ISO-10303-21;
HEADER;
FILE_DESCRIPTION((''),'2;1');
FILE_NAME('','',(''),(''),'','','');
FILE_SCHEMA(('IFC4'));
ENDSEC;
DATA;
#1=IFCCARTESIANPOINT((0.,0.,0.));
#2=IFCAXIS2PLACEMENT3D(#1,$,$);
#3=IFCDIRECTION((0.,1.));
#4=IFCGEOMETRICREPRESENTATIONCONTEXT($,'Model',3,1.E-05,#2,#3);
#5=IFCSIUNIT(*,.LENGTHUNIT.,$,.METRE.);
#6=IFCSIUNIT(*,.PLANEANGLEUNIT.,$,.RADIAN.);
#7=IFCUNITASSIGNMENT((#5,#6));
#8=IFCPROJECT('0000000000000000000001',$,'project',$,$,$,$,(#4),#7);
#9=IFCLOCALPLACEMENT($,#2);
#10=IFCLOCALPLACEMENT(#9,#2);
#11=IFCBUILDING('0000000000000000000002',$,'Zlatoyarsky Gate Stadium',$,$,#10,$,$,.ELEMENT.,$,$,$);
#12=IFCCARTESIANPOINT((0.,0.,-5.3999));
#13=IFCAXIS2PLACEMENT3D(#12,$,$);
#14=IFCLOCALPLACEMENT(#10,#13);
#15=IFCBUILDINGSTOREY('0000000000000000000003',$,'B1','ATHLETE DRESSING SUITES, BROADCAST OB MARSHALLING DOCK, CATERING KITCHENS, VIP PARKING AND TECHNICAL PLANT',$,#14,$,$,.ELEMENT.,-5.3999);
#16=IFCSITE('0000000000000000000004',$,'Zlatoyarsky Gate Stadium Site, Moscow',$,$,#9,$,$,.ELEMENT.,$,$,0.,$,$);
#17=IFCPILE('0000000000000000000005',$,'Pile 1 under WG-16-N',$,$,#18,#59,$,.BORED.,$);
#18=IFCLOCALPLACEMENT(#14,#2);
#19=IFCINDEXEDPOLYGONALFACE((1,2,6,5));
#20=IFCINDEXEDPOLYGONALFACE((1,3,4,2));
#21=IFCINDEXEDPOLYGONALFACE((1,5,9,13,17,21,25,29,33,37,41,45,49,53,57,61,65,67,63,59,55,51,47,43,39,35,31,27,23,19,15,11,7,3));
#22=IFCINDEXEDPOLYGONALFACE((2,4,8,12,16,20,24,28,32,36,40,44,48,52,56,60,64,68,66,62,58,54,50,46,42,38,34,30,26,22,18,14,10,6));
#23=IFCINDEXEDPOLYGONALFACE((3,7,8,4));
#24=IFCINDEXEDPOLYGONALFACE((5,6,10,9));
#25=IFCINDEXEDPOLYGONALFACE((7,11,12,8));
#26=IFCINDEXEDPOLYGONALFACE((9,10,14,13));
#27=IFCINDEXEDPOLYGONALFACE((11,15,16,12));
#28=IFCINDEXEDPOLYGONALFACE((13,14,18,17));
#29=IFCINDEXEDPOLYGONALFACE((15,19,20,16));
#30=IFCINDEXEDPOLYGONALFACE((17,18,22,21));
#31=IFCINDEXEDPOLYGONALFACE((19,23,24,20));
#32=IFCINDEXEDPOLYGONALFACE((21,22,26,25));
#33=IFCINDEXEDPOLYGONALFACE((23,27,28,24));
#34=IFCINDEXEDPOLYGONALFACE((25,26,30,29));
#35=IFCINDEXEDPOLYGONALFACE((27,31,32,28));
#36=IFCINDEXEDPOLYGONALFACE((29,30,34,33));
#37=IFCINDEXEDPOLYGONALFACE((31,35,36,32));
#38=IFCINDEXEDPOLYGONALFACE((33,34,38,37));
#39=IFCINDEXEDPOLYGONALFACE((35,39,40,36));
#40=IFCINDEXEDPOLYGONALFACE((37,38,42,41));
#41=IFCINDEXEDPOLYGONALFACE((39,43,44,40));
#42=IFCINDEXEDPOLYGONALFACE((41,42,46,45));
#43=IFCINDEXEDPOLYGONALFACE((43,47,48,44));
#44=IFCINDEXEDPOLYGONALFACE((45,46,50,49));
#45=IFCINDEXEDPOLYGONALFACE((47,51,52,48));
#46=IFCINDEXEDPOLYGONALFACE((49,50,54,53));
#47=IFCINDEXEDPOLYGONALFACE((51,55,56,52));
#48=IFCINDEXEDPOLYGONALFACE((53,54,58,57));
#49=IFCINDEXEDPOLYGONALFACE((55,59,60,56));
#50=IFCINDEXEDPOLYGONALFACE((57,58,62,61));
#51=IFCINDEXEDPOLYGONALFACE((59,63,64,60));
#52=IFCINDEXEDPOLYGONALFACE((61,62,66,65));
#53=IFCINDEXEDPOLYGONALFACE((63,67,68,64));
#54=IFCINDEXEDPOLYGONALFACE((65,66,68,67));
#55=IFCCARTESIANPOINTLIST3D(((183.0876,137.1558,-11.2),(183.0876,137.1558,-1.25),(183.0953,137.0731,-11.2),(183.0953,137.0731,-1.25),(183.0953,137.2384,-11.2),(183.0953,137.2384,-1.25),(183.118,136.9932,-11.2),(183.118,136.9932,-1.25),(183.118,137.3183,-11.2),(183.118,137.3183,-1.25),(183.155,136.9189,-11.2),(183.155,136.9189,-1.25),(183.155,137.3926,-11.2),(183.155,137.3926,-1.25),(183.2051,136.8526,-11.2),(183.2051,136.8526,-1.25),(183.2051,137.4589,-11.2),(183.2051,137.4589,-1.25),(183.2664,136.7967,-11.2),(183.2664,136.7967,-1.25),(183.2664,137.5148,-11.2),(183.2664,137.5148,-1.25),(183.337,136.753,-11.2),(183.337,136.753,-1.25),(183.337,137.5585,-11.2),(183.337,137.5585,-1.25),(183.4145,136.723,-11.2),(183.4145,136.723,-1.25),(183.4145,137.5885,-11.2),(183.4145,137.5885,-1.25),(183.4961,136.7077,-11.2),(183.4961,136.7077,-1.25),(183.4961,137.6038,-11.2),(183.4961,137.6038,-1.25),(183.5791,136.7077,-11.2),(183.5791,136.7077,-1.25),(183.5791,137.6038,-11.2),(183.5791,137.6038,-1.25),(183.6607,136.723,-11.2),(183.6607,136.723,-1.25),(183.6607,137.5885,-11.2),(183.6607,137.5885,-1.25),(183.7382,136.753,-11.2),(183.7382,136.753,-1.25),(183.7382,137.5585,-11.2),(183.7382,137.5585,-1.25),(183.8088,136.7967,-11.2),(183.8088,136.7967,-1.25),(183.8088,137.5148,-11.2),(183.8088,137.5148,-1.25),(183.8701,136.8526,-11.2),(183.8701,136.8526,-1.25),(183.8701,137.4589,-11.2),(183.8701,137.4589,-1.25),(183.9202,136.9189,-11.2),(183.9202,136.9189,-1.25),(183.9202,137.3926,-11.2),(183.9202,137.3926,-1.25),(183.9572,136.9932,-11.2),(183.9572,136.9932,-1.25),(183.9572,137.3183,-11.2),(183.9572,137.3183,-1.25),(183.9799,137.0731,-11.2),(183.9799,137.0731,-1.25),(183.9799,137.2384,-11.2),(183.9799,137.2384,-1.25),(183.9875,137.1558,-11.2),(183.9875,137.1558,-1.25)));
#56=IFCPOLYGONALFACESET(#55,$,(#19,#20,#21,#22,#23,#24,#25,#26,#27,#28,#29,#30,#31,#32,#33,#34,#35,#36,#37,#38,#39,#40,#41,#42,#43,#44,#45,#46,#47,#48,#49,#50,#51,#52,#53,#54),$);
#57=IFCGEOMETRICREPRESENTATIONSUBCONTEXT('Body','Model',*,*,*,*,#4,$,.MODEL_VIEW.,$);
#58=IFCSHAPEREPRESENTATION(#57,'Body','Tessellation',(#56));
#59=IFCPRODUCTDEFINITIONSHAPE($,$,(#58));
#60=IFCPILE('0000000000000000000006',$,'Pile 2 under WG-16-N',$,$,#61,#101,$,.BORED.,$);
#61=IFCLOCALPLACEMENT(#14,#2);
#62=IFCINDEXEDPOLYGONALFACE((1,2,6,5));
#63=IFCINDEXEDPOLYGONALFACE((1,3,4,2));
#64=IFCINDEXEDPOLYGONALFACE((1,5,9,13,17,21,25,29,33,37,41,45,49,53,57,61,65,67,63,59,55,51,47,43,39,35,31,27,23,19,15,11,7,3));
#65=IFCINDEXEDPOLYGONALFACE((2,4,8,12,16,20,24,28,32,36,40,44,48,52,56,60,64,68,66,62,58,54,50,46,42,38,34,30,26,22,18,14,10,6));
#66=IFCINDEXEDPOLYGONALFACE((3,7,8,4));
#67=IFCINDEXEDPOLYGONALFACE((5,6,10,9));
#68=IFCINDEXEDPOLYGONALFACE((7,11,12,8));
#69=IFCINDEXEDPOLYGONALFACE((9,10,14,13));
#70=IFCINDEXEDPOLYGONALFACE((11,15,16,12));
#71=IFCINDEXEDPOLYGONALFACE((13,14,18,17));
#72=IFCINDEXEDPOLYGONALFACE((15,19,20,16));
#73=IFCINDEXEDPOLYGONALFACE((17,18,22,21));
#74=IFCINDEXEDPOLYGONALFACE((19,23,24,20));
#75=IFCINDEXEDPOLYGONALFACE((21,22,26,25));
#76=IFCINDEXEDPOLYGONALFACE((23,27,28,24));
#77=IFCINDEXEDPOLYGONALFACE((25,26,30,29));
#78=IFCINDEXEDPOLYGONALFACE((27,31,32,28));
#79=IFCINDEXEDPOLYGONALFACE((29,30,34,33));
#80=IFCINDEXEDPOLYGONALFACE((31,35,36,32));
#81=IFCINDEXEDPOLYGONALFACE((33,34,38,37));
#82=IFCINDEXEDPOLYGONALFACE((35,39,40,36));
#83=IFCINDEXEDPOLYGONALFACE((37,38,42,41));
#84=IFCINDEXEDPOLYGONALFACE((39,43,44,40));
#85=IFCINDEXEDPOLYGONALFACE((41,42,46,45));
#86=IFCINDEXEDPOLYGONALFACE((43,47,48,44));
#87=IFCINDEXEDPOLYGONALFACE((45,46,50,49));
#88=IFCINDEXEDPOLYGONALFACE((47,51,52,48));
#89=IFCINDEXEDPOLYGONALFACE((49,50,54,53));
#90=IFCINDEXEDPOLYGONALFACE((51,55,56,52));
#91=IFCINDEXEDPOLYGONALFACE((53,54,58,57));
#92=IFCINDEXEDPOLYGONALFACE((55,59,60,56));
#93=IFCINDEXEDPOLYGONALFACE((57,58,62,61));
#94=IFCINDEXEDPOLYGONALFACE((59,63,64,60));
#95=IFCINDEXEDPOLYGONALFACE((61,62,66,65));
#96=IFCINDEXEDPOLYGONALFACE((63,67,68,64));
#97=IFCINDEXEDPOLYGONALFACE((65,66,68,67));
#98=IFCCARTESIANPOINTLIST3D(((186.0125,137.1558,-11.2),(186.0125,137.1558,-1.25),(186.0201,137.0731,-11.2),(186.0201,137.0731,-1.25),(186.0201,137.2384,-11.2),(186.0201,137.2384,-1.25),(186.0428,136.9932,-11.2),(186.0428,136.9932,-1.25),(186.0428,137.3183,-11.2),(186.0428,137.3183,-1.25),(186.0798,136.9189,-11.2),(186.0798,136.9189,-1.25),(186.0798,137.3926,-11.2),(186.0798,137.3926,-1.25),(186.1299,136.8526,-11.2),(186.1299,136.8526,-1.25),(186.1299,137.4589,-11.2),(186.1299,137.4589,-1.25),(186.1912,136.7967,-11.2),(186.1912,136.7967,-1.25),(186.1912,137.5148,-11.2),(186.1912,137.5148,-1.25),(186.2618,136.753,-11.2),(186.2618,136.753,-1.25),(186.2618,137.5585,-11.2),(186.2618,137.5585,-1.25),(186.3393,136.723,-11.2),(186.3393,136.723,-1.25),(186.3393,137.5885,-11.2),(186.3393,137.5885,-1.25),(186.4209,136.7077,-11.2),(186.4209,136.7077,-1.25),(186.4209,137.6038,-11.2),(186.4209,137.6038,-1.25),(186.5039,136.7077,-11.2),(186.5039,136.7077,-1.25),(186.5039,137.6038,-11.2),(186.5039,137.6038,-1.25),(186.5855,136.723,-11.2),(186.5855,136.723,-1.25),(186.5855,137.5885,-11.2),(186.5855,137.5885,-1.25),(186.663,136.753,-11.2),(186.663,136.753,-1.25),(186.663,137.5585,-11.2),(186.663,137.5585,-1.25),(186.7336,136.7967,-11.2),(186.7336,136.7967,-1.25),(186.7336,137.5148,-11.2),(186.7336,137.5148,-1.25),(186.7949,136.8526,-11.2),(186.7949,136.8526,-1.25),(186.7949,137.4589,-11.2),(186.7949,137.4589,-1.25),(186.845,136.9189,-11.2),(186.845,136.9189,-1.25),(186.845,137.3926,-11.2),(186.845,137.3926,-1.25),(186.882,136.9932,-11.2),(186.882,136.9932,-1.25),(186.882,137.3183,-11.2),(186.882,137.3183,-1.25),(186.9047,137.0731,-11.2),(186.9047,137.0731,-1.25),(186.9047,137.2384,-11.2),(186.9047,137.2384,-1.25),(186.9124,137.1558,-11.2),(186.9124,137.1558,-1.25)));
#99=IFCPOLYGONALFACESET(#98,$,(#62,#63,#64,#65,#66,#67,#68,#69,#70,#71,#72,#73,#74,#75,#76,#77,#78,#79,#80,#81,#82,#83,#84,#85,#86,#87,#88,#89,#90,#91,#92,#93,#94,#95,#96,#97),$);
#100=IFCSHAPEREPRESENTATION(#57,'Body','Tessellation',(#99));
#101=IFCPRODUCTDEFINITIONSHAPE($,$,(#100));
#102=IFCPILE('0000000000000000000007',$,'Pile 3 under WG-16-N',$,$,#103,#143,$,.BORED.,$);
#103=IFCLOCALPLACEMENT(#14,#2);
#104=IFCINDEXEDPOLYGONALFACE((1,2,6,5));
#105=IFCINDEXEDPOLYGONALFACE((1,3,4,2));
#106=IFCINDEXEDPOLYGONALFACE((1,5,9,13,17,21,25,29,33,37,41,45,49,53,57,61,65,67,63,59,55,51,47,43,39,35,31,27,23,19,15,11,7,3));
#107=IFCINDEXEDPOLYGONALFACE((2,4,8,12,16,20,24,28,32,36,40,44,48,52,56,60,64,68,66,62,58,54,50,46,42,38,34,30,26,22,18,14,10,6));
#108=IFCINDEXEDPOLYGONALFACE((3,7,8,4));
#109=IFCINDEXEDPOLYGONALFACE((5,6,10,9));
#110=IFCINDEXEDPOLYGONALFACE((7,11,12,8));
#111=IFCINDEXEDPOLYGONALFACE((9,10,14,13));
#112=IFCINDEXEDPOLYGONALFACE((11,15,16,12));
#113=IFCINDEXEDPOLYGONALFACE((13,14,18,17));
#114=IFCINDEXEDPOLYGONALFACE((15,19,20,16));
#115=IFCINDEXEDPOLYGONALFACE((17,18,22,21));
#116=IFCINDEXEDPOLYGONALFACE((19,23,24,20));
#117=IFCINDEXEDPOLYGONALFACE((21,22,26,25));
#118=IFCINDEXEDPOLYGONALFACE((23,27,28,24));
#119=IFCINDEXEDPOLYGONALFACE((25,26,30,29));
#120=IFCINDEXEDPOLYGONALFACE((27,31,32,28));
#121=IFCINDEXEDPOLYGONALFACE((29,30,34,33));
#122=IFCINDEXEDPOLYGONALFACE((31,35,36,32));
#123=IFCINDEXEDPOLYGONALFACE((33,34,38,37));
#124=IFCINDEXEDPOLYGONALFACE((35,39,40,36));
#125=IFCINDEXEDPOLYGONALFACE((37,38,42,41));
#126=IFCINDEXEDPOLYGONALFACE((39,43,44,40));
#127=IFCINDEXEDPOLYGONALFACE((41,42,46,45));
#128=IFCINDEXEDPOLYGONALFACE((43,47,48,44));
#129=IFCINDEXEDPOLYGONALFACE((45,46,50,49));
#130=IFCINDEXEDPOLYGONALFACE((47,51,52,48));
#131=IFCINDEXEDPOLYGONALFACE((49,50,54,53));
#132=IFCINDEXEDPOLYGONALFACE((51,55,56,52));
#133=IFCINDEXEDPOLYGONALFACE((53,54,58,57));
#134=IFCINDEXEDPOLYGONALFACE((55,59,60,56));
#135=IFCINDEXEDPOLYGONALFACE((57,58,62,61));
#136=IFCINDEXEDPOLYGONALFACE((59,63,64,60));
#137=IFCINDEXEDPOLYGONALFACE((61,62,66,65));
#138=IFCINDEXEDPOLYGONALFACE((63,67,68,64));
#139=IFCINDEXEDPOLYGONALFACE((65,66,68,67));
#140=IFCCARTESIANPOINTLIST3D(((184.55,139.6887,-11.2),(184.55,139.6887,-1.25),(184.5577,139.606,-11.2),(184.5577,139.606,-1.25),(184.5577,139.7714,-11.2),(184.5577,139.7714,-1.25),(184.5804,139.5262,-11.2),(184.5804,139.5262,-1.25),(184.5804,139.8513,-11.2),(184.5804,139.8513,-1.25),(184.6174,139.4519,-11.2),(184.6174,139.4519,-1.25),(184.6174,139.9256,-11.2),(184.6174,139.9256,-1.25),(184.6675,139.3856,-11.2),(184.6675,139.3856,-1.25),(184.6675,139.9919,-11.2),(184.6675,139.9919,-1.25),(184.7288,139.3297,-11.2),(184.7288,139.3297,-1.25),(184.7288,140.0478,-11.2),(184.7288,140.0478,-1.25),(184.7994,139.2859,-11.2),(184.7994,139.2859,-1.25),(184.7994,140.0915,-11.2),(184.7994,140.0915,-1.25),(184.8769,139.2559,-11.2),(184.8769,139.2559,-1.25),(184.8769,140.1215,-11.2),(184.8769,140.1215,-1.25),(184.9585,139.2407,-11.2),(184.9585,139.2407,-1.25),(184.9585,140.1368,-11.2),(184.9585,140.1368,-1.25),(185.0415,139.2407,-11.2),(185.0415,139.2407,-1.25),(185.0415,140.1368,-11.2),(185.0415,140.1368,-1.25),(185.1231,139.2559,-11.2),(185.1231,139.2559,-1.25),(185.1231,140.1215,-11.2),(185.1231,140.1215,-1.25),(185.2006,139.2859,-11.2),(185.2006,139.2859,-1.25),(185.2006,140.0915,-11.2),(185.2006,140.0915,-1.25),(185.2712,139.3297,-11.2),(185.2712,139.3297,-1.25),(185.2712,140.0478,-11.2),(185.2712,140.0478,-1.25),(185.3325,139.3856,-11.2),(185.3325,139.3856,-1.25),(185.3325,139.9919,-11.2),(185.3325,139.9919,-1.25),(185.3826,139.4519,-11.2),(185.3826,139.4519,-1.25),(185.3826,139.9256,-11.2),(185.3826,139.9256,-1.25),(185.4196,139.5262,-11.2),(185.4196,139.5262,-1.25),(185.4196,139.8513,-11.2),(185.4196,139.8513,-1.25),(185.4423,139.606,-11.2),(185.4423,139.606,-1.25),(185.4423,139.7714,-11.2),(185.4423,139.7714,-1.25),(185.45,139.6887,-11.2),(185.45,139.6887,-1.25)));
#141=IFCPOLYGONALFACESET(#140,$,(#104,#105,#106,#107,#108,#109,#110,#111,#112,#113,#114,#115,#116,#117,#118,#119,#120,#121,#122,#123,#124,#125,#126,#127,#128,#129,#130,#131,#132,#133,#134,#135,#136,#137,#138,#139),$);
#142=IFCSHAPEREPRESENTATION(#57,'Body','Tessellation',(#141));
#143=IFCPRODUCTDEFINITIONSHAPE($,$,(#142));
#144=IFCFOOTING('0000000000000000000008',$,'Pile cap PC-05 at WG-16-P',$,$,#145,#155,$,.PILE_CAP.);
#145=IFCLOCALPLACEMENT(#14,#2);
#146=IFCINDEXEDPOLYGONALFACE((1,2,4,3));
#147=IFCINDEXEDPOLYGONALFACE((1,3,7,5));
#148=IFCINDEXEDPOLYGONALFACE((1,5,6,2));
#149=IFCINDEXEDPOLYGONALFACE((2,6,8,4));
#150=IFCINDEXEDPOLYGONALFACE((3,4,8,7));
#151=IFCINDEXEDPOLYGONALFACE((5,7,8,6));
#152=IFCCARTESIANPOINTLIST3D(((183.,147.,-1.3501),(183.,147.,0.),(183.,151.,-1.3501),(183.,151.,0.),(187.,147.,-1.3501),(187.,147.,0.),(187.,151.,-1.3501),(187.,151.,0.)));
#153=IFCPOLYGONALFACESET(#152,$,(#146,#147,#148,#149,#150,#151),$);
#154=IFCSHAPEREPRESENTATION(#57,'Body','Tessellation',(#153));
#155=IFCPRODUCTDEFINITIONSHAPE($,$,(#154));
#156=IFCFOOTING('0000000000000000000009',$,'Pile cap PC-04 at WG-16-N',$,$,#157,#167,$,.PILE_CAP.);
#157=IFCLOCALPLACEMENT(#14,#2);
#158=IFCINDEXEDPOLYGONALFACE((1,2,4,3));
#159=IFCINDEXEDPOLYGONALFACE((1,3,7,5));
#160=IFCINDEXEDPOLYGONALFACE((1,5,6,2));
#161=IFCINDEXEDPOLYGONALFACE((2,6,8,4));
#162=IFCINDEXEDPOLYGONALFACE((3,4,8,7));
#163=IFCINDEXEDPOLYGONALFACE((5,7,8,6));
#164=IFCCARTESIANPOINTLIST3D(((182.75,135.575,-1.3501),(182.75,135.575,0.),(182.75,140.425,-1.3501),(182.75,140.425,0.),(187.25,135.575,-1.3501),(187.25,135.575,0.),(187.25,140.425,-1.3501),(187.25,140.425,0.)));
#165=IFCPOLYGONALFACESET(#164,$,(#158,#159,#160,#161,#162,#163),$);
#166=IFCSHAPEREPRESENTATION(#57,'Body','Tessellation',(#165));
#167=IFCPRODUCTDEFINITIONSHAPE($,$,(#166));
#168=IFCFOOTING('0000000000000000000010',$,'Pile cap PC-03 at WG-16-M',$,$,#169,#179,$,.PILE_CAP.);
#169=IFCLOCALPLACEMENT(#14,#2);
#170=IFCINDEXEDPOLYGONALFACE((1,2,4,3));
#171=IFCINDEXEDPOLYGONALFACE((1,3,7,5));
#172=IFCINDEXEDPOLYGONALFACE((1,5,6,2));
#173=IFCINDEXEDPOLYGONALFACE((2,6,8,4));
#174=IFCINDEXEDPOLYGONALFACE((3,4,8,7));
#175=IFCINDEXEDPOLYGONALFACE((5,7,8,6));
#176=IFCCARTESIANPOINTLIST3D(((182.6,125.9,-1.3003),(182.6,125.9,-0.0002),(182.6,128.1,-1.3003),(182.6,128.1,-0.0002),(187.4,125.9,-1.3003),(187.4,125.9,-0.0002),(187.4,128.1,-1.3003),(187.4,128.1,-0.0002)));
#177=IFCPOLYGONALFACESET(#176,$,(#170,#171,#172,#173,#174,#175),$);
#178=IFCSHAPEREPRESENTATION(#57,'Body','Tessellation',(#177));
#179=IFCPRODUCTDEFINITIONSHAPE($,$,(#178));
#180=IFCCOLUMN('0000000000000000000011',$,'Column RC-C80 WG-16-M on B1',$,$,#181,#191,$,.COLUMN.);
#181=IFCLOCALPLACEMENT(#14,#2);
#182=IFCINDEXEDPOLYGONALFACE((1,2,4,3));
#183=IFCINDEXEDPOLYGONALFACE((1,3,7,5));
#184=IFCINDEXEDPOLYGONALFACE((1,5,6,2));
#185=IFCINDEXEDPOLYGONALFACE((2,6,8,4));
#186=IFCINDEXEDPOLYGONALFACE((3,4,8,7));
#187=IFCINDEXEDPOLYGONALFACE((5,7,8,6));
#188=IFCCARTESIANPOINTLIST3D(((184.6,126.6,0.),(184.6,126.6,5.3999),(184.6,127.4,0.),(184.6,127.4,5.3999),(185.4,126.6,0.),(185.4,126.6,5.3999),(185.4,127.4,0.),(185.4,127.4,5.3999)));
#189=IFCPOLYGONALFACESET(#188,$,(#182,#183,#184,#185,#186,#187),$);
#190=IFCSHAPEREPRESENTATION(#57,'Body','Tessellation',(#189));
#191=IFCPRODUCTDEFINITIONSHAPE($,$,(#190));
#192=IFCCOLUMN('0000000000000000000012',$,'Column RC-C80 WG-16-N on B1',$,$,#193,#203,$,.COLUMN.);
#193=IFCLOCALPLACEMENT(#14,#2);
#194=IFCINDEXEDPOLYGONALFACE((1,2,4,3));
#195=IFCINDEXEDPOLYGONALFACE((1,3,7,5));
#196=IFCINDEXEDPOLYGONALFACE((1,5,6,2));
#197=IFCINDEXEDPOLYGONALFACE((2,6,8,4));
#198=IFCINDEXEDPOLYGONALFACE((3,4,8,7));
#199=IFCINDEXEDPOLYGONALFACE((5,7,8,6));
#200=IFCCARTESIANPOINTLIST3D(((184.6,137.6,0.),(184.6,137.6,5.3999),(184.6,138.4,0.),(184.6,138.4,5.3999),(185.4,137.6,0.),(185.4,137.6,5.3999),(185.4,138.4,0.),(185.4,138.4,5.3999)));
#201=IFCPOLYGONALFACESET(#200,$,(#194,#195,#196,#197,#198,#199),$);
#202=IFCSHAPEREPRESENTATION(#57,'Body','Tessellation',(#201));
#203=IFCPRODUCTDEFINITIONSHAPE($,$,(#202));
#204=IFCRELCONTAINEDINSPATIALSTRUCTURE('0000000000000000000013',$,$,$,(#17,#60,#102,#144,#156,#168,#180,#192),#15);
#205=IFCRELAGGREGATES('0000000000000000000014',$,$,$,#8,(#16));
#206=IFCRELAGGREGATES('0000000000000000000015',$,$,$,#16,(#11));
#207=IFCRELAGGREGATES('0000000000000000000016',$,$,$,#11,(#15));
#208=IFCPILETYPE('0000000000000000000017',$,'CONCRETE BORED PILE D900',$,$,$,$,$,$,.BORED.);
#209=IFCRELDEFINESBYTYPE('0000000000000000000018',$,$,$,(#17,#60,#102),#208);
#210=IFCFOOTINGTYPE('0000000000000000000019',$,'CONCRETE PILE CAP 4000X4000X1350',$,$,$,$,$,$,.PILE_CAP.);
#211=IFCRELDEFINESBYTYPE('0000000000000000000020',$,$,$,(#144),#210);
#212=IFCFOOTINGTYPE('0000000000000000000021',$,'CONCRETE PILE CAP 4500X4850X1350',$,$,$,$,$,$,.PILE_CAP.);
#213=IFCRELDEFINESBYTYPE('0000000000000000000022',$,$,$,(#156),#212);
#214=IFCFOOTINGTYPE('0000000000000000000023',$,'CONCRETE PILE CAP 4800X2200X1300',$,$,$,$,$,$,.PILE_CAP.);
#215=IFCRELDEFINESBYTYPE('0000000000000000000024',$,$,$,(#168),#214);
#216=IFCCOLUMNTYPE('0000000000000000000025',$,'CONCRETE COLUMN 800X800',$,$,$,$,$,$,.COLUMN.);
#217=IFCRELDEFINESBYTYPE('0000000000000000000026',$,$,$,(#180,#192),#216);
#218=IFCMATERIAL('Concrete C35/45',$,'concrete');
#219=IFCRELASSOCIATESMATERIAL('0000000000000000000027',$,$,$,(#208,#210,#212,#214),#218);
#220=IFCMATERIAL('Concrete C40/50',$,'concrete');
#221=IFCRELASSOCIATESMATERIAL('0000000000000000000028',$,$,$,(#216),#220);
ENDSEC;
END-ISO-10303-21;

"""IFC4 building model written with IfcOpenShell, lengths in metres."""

from ifc_helpers import new_model, si_unit, direction, frame, origin, origin_2d, place, context, subcontext, project, spatial, rectangle, circle, extrude, material, material_profile, profile_set, type_object, element, save


model = new_model("IFC4")

# Units and contexts
model_context = context("Model", 3, precision=1e-05, world=origin(), true_north=direction((0.0, 1.0)))
body_context = subcontext(model_context, "Body", "Model", "MODEL_VIEW")
ifc_project = project(units=[si_unit("LENGTHUNIT", "METRE"), si_unit("PLANEANGLEUNIT", "RADIAN")], contexts=[model_context])

# Site, building, storey
site_placement = place(None, origin())
site = spatial("IfcSite", under=ifc_project, at=site_placement, Name="Zlatoyarsky Gate Stadium Site, Moscow", CompositionType="ELEMENT", RefElevation=0.0)
building_placement = place(site_placement, origin())
building = spatial("IfcBuilding", under=site, at=building_placement, Name="Zlatoyarsky Gate Stadium", CompositionType="ELEMENT")
storey_placement = place(building_placement, frame((0.0, 0.0, -5.3999)))
storey = spatial("IfcBuildingStorey", under=building, at=storey_placement, Name="B1", Description="ATHLETE DRESSING SUITES, BROADCAST OB MARSHALLING DOCK, CATERING KITCHENS, VIP PARKING AND TECHNICAL PLANT", CompositionType="ELEMENT", Elevation=-5.3999)

# Piles
ifc_material_1 = material(Name="Concrete C35/45", Category="concrete")
ifc_material_profile_1 = material_profile(ifc_material_1, circle(Radius=0.45, at=origin_2d()), Name="BORED PILE D900")
ifc_profile_set_1 = profile_set([ifc_material_profile_1], Name="Concrete C35/45")
pile_type_1 = type_object("IfcPileType", Name="CONCRETE BORED PILE D900", PredefinedType="BORED", material=ifc_profile_set_1)
for number, where, z_axis, x_axis, name in (
    (1, (183.5376, 137.1558, -1.25), (0.0, 0.0, -1.0), (1.0, 0.0, 0.0), "Pile 1 under WG-16-N"),
    (2, (186.4624, 137.1558, -1.25), (0.0, 0.0, -1.0), (1.0, 0.0, 0.0), "Pile 2 under WG-16-N"),
    (3, (185.0, 139.6887, -1.25), (0.0, 0.0, -1.0), (1.0, 0.0, 0.0), "Pile 3 under WG-16-N"),
):
    element("IfcPile", number, at=place(storey_placement, frame(where, z_axis=z_axis, x_axis=x_axis)), inside=storey, type_object=pile_type_1, Name=name, PredefinedType="BORED", context=body_context, shape_type="SweptSolid", body=[
        extrude(circle(Radius=0.45, at=origin_2d()), origin(), (0.0, 0.0, 1.0), 9.95),
    ])

# Footings
footing_type_1 = type_object("IfcFootingType", Name="CONCRETE PILE CAP 4000X4000X1350", PredefinedType="PILE_CAP", material=ifc_material_1)
footing_1_placement = place(storey_placement, frame((185.0, 149.0, -1.3501), z_axis=(0.0, 0.0, 1.0), x_axis=(1.0, 0.0, 0.0)))
element("IfcFooting", 4, at=footing_1_placement, inside=storey, type_object=footing_type_1, Name="Pile cap PC-05 at WG-16-P", PredefinedType="PILE_CAP", context=body_context, shape_type="SweptSolid", body=[
    extrude(rectangle(XDim=4.0, YDim=4.0, at=origin_2d()), origin(), (0.0, 0.0, 1.0), 1.3501),
])
footing_type_2 = type_object("IfcFootingType", Name="CONCRETE PILE CAP 4500X4850X1350", PredefinedType="PILE_CAP", material=ifc_material_1)
footing_2_placement = place(storey_placement, frame((185.0, 138.0, -1.3501), z_axis=(0.0, 0.0, 1.0), x_axis=(1.0, 0.0, 0.0)))
element("IfcFooting", 5, at=footing_2_placement, inside=storey, type_object=footing_type_2, Name="Pile cap PC-04 at WG-16-N", PredefinedType="PILE_CAP", context=body_context, shape_type="SweptSolid", body=[
    extrude(rectangle(XDim=4.5, YDim=4.8501, at=origin_2d()), origin(), (0.0, 0.0, 1.0), 1.3501),
])
footing_type_3 = type_object("IfcFootingType", Name="CONCRETE PILE CAP 4800X2200X1300", PredefinedType="PILE_CAP", material=ifc_material_1)
footing_3_placement = place(storey_placement, frame((185.0, 127.0, -1.3003), z_axis=(0.0, 0.0, 1.0), x_axis=(1.0, 0.0, 0.0)))
element("IfcFooting", 6, at=footing_3_placement, inside=storey, type_object=footing_type_3, Name="Pile cap PC-03 at WG-16-M", PredefinedType="PILE_CAP", context=body_context, shape_type="SweptSolid", body=[
    extrude(rectangle(XDim=4.8, YDim=2.2, at=origin_2d()), origin(), (0.0, 0.0, 1.0), 1.3),
])

# Columns
ifc_material_2 = material(Name="Concrete C40/50", Category="concrete")
ifc_material_profile_2 = material_profile(ifc_material_2, rectangle(XDim=0.8, YDim=0.8, at=origin_2d()), Name="RC COL 800X800")
ifc_profile_set_2 = profile_set([ifc_material_profile_2], Name="Concrete C40/50")
column_type = type_object("IfcColumnType", Name="CONCRETE COLUMN 800X800", PredefinedType="COLUMN", material=ifc_profile_set_2)
for number, where, z_axis, x_axis, name in (
    (7, (185.0, 127.0, 0.0), (0.0, 0.0, 1.0), (1.0, 0.0, 0.0), "Column RC-C80 WG-16-M on B1"),
    (8, (185.0, 138.0, 0.0), (0.0, 0.0, 1.0), (1.0, 0.0, 0.0), "Column RC-C80 WG-16-N on B1"),
):
    element("IfcColumn", number, at=place(storey_placement, frame(where, z_axis=z_axis, x_axis=x_axis)), inside=storey, type_object=column_type, Name=name, PredefinedType="COLUMN", context=body_context, shape_type="SweptSolid", body=[
        extrude(rectangle(XDim=0.8, YDim=0.8, at=origin_2d()), origin(), (0.0, 0.0, 1.0), 5.3999),
    ])

save(model, "model.ifc")
